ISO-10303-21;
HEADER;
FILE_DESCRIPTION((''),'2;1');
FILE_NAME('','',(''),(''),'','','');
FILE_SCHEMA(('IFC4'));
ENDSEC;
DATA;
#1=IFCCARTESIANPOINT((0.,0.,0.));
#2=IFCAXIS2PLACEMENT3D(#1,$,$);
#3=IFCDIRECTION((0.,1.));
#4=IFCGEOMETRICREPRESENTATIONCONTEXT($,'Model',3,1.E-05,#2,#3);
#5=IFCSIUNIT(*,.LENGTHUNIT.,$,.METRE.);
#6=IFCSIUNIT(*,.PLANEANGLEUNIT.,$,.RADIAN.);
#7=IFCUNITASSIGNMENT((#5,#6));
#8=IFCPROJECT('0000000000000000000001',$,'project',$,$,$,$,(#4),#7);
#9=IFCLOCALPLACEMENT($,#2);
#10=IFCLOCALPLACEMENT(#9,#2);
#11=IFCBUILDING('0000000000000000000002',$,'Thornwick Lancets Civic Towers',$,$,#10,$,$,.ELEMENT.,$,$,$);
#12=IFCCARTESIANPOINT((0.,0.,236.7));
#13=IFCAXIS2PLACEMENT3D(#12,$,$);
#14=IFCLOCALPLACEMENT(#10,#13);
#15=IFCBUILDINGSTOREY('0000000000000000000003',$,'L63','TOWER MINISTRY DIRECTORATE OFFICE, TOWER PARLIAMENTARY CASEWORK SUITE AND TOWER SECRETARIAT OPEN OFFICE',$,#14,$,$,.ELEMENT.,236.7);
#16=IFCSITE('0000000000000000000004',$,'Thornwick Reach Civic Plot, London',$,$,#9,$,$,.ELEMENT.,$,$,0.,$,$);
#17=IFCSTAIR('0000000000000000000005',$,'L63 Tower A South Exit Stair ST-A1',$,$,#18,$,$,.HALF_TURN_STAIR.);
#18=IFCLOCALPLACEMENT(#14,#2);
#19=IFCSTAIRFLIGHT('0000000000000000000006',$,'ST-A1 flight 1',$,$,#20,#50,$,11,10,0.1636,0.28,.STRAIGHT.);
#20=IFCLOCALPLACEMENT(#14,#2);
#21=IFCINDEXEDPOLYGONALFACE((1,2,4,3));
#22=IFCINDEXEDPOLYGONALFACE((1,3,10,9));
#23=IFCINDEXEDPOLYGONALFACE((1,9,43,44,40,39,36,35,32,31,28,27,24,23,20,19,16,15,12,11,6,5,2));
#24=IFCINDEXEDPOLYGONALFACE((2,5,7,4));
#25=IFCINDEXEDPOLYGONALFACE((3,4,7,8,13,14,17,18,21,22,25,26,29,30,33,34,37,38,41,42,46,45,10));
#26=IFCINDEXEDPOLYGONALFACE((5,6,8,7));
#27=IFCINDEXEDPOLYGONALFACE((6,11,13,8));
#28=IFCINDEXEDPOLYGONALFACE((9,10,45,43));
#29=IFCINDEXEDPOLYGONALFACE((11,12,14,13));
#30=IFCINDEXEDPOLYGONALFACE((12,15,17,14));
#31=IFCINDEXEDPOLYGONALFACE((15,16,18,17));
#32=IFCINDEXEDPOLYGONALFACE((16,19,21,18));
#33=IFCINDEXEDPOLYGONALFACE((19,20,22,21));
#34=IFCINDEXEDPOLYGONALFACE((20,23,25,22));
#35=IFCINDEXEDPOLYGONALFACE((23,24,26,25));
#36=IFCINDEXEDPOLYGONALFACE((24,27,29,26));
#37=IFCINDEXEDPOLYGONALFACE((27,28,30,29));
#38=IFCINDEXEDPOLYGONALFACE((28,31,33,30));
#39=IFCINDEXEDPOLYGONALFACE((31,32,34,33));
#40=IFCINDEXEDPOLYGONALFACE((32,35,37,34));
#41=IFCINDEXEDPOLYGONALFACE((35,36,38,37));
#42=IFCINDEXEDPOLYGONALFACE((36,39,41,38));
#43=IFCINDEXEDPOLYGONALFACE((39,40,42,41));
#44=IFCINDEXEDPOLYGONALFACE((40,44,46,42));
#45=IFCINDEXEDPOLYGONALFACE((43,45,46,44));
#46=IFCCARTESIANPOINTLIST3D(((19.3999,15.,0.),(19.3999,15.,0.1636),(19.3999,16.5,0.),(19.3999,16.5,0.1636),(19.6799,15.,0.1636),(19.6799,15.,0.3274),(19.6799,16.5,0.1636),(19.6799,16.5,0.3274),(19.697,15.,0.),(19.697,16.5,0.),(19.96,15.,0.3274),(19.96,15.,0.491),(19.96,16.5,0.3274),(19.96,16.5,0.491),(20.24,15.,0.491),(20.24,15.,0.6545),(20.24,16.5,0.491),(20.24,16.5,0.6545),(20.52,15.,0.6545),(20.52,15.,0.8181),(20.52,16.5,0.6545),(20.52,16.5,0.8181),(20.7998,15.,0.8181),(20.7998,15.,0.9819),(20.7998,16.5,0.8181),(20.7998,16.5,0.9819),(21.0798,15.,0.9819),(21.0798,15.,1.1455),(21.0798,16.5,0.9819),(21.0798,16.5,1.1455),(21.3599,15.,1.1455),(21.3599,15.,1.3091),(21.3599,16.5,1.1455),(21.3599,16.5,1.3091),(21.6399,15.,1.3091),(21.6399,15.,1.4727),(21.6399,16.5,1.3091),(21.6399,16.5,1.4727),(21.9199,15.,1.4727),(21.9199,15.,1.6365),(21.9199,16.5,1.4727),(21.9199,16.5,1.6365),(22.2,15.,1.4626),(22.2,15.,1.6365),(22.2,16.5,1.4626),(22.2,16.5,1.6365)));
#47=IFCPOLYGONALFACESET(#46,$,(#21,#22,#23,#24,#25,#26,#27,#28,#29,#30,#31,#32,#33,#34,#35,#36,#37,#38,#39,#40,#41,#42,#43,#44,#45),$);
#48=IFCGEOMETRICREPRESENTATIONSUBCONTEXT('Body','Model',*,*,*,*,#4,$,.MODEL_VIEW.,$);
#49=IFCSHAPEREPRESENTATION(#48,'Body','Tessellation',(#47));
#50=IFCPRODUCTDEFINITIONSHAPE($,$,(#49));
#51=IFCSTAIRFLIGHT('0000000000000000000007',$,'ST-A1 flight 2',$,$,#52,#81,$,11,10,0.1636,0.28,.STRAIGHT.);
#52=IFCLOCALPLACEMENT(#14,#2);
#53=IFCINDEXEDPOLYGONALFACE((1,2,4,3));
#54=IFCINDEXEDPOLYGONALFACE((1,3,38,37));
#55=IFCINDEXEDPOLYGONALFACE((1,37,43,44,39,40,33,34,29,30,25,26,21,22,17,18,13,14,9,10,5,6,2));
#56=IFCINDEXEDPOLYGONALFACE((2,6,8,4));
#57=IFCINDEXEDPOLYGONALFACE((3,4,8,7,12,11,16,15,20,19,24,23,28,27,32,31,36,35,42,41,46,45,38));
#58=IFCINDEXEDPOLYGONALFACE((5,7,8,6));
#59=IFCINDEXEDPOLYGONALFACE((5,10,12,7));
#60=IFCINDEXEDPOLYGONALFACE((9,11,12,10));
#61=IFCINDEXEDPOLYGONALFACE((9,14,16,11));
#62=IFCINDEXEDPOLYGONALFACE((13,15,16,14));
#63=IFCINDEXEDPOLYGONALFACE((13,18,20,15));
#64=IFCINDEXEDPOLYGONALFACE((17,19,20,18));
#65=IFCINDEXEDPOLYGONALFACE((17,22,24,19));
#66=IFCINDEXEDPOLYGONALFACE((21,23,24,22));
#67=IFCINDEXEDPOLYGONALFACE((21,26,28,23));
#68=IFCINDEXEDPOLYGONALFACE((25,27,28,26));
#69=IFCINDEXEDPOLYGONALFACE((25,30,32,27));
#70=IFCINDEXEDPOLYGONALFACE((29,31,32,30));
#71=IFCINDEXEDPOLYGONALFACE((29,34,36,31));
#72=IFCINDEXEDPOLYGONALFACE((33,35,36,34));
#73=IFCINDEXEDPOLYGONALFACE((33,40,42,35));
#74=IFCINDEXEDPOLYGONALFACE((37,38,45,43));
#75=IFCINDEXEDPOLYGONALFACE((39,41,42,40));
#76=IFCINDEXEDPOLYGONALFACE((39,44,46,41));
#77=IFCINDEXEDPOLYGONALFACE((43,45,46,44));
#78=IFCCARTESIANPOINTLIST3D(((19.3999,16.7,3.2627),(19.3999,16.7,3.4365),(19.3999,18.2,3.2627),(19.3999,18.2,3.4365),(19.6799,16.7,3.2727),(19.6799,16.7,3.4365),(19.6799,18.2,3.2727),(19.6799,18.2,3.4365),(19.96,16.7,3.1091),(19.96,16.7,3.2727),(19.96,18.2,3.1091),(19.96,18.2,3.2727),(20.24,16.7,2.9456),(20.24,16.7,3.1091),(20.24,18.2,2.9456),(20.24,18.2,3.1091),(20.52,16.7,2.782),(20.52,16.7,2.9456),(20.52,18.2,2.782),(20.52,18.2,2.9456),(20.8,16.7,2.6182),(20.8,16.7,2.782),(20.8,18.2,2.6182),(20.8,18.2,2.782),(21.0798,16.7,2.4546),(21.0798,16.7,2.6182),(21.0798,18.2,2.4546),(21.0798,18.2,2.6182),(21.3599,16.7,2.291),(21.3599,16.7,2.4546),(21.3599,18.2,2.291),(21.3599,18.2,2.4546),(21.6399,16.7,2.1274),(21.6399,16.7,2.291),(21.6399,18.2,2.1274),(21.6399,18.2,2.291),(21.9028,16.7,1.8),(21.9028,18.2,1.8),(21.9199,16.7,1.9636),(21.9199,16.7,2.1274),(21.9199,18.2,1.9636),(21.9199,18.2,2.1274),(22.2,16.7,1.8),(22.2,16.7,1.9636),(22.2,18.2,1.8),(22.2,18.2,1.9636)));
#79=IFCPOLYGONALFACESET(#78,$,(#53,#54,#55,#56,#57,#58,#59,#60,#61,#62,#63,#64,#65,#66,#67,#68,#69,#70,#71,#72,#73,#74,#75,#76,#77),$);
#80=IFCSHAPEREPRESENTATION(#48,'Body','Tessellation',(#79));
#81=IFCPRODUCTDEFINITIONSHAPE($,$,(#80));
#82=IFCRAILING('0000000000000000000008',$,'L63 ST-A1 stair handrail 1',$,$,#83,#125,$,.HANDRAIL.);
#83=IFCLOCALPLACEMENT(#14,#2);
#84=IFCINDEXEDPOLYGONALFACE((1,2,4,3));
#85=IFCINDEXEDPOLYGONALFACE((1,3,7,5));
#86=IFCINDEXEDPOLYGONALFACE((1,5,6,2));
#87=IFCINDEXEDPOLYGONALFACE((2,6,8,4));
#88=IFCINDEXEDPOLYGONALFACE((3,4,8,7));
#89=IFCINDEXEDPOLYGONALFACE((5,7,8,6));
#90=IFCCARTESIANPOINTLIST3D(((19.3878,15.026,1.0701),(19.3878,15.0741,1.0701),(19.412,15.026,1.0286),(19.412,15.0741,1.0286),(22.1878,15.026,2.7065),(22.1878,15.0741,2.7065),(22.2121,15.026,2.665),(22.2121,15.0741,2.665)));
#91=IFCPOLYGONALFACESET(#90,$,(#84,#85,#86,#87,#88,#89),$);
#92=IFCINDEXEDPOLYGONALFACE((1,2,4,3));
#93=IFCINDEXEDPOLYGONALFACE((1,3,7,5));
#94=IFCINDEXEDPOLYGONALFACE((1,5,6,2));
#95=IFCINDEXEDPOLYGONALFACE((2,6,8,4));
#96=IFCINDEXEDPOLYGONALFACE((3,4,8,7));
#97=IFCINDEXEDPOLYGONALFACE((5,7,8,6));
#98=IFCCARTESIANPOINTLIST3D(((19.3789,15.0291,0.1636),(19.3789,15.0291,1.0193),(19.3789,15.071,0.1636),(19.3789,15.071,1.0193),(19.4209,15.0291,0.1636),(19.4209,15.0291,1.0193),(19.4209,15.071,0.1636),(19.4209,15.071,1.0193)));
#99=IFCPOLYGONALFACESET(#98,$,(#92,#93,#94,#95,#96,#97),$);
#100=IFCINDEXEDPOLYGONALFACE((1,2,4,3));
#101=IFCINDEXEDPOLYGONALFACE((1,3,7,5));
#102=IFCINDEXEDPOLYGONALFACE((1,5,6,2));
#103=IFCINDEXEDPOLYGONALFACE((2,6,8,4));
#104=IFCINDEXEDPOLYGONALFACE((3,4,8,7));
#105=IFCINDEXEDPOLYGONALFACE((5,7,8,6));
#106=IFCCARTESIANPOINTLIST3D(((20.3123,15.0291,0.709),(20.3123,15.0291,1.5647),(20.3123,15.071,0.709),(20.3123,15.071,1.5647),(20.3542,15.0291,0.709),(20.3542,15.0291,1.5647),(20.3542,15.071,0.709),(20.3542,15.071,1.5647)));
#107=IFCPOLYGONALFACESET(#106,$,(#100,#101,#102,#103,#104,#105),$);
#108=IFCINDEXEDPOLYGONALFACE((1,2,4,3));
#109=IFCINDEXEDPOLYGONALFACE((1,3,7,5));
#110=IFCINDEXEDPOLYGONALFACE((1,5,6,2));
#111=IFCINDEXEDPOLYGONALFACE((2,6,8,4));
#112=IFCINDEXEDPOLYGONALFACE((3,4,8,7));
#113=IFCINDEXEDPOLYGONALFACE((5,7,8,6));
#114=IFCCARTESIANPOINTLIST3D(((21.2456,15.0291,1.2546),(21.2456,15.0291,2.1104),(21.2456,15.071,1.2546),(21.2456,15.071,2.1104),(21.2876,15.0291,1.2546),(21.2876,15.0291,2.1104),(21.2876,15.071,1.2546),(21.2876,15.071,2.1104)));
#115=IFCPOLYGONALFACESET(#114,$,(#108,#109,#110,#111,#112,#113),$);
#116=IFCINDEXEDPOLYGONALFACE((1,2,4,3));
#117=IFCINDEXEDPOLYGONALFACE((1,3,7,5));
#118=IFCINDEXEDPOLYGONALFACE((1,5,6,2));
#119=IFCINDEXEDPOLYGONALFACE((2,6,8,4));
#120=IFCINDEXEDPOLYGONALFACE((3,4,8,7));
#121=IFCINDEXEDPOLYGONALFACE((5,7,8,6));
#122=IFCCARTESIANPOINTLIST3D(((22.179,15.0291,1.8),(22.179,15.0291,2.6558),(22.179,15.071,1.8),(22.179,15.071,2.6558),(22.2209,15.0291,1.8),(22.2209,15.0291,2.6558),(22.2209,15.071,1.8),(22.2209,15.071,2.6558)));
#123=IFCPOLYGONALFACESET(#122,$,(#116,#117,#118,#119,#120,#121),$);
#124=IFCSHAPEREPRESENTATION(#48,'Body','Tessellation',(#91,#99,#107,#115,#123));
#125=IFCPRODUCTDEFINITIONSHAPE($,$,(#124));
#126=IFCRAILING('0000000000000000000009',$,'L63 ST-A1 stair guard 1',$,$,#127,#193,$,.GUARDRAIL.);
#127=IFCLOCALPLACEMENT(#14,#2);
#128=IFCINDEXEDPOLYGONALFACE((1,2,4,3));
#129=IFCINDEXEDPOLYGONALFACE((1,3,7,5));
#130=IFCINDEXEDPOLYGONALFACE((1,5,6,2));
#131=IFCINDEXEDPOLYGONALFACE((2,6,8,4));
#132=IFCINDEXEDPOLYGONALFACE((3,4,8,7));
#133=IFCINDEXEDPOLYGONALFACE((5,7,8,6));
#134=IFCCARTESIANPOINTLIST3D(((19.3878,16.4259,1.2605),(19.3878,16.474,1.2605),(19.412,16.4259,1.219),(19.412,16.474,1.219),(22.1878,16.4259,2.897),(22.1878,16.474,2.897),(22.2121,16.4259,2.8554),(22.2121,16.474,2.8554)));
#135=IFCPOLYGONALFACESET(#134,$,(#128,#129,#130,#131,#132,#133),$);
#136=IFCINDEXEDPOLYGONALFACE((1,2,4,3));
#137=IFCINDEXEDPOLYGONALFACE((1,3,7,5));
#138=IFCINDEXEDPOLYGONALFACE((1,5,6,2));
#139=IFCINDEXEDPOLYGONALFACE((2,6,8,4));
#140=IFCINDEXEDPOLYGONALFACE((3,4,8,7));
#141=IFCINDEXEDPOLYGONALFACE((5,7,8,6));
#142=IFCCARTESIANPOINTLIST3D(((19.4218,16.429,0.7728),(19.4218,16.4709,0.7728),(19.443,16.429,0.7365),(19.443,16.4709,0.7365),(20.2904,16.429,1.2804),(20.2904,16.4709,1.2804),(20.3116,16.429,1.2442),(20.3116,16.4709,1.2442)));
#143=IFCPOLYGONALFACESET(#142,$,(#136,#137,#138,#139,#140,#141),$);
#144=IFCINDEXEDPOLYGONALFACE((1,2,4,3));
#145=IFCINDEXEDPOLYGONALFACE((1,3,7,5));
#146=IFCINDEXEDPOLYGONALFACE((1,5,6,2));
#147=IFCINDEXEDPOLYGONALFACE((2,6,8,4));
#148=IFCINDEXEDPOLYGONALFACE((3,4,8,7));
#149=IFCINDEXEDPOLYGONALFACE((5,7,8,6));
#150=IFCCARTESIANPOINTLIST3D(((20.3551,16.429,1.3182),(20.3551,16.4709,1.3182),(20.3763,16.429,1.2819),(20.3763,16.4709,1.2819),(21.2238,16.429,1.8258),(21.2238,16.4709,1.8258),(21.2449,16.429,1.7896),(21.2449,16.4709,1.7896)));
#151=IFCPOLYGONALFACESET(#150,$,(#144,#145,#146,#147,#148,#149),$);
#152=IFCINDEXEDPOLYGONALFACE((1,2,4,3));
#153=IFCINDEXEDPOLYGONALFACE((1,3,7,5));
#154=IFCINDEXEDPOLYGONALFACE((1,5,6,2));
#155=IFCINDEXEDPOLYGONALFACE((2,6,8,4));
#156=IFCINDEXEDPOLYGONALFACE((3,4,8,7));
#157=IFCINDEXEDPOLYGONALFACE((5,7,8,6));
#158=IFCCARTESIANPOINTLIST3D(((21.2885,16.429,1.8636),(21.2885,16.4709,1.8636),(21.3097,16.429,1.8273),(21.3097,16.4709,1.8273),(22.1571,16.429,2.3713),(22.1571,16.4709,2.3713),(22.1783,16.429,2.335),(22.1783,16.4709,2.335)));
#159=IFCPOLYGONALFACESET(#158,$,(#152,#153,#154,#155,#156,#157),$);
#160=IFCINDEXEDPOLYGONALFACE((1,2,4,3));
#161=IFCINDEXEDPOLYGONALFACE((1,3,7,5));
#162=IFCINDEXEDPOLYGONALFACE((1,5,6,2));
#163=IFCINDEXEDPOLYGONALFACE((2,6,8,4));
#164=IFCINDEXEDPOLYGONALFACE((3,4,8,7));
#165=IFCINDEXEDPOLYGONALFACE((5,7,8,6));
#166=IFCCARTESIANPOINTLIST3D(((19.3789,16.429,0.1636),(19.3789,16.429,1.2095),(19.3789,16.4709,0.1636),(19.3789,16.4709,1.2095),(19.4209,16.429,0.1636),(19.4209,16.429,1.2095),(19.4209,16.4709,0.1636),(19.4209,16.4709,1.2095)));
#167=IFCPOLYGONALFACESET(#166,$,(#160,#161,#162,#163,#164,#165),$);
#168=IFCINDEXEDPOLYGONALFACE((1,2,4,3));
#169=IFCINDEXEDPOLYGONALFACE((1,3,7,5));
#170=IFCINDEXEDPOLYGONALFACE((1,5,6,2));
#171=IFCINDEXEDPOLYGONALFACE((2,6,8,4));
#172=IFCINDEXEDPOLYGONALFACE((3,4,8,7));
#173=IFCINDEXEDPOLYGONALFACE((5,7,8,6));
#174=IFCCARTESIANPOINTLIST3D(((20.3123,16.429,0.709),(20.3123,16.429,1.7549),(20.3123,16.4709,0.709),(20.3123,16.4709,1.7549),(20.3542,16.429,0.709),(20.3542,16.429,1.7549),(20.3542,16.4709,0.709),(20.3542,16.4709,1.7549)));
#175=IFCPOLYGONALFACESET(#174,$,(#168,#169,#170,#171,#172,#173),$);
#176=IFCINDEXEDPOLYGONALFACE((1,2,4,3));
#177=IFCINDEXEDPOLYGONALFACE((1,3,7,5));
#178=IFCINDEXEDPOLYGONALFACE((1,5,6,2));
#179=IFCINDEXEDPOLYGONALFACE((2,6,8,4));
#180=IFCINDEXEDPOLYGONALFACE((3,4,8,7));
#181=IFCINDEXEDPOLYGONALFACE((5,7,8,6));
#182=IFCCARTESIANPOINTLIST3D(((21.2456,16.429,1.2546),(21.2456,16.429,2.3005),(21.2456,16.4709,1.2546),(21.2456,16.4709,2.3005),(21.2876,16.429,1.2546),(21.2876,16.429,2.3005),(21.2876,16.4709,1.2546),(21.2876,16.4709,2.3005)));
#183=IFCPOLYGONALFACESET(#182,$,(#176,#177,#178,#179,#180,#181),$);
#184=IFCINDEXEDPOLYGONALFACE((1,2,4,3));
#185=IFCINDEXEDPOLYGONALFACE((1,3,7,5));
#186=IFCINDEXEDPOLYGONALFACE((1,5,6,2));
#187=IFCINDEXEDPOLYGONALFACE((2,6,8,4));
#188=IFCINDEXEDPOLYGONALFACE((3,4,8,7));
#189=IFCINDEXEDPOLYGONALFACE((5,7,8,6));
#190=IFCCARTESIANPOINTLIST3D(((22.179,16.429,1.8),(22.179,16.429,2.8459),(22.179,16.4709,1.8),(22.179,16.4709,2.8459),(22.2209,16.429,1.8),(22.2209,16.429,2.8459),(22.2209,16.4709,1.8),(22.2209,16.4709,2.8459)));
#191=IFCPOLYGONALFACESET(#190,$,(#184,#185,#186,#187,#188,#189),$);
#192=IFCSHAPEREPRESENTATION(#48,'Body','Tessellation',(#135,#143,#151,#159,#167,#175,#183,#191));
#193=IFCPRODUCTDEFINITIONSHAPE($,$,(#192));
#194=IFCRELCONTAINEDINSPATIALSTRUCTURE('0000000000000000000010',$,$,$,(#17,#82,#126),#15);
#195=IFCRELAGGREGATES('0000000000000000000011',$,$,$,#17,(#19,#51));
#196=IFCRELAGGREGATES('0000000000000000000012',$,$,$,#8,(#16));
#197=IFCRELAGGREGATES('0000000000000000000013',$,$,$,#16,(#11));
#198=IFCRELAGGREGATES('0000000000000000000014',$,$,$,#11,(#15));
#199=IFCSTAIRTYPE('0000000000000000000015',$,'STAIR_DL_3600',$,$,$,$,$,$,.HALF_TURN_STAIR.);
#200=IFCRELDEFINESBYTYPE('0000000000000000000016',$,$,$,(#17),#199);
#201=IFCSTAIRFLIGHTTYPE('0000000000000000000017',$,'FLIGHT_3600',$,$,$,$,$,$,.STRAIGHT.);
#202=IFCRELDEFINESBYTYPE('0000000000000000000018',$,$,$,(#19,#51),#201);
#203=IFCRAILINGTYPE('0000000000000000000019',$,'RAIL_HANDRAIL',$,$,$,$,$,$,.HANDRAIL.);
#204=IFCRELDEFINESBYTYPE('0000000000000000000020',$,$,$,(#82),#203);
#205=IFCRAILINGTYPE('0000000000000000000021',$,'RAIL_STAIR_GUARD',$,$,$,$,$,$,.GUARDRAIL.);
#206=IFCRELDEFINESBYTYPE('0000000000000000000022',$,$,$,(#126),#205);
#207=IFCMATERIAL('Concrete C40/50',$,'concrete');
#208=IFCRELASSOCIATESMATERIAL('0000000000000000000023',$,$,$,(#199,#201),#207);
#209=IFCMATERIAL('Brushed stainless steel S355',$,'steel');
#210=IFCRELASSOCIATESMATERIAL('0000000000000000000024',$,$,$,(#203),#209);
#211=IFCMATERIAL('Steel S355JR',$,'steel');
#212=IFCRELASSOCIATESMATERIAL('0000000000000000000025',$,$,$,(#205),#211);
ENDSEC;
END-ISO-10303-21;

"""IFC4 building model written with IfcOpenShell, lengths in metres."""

from ifc_helpers import new_model, si_unit, direction, frame, origin, origin_2d, place, context, subcontext, project, spatial, polyline, rectangle, outline, extrude, material, type_object, element, aggregate, save


model = new_model("IFC4")

# Units and contexts
model_context = context("Model", 3, precision=1e-05, world=origin(), true_north=direction((0.0, 1.0)))
body_context = subcontext(model_context, "Body", "Model", "MODEL_VIEW")
ifc_project = project(units=[si_unit("LENGTHUNIT", "METRE"), si_unit("PLANEANGLEUNIT", "RADIAN")], contexts=[model_context])

# Site, building, storey
site_placement = place(None, origin())
site = spatial("IfcSite", under=ifc_project, at=site_placement, Name="Thornwick Reach Civic Plot, London", CompositionType="ELEMENT", RefElevation=0.0)
building_placement = place(site_placement, origin())
building = spatial("IfcBuilding", under=site, at=building_placement, Name="Thornwick Lancets Civic Towers", CompositionType="ELEMENT")
storey_placement = place(building_placement, frame((0.0, 0.0, 236.7)))
storey = spatial("IfcBuildingStorey", under=building, at=storey_placement, Name="L63", Description="TOWER MINISTRY DIRECTORATE OFFICE, TOWER PARLIAMENTARY CASEWORK SUITE AND TOWER SECRETARIAT OPEN OFFICE", CompositionType="ELEMENT", Elevation=236.7)

# Shared definitions
ifc_material_1 = material(Name="Concrete C40/50", Category="concrete")

# Stair, stair flights
stair_type = type_object("IfcStairType", Name="STAIR_DL_3600", PredefinedType="HALF_TURN_STAIR", material=ifc_material_1)
stair_placement = place(storey_placement, origin())
stair = element("IfcStair", 1, at=stair_placement, inside=storey, type_object=stair_type, Name="L63 Tower A South Exit Stair ST-A1", PredefinedType="HALF_TURN_STAIR")
stair_flight_type = type_object("IfcStairFlightType", Name="FLIGHT_3600", PredefinedType="STRAIGHT", material=ifc_material_1)
stair_flight_1_placement = place(storey_placement, frame((19.3999, 15.75, 0.0), z_axis=(0.0, 0.0, 1.0), x_axis=(1.0, 0.0, 0.0)))
stair_flight_1 = element("IfcStairFlight", 2, at=stair_flight_1_placement, type_object=stair_flight_type, Name="ST-A1 flight 1", NumberOfRisers=11, NumberOfTreads=10, PredefinedType="STRAIGHT", RiserHeight=0.1636, TreadLength=0.28, context=body_context, shape_type="SweptSolid", body=[
    extrude(outline(polyline([(0.0, 0.0), (0.0, 0.1636), (0.28, 0.1636), (0.28, 0.3274), (0.5601, 0.3274), (0.5601, 0.491), (0.8401, 0.491), (0.8401, 0.6545), (1.1201, 0.6545), (1.1201, 0.8181), (1.3999, 0.8181), (1.3999, 0.9819), (1.6799, 0.9819), (1.6799, 1.1455), (1.96, 1.1455), (1.96, 1.3091), (2.24, 1.3091), (2.24, 1.4727), (2.52, 1.4727), (2.52, 1.6365), (2.8, 1.6365), (2.8, 1.8), (2.8, 1.4626), (0.2971, 0.0), (0.0, 0.0)])), frame((0.0, 0.75, 0.0), z_axis=(0.0, -1.0, 0.0), x_axis=(1.0, 0.0, 0.0)), (0.0, 0.0, 1.0), 1.5),
])
stair_flight_2_placement = place(storey_placement, frame((22.2, 17.45, 1.8), z_axis=(0.0, 0.0, 1.0), x_axis=(-1.0, 0.0, 0.0)))
stair_flight_2 = element("IfcStairFlight", 3, at=stair_flight_2_placement, type_object=stair_flight_type, Name="ST-A1 flight 2", NumberOfRisers=11, NumberOfTreads=10, PredefinedType="STRAIGHT", RiserHeight=0.1636, TreadLength=0.28, context=body_context, shape_type="SweptSolid", body=[
    extrude(outline(polyline([(0.0, 0.0), (0.0, 0.1636), (0.28, 0.1636), (0.28, 0.3274), (0.5601, 0.3274), (0.5601, 0.491), (0.8401, 0.491), (0.8401, 0.6545), (1.1201, 0.6545), (1.1201, 0.8181), (1.3999, 0.8181), (1.3999, 0.9819), (1.6799, 0.9819), (1.6799, 1.1455), (1.96, 1.1455), (1.96, 1.3091), (2.24, 1.3091), (2.24, 1.4727), (2.52, 1.4727), (2.52, 1.6365), (2.8, 1.6365), (2.8, 1.8), (2.8, 1.4626), (0.2971, 0.0), (0.0, 0.0)])), frame((0.0, 0.75, 0.0), z_axis=(0.0, -1.0, 0.0), x_axis=(1.0, 0.0, 0.0)), (0.0, 0.0, 1.0), 1.5),
])
aggregate(stair, [stair_flight_1, stair_flight_2])

# Railings
ifc_material_2 = material(Name="Brushed stainless steel S355", Category="steel")
railing_type_1 = type_object("IfcRailingType", Name="RAIL_HANDRAIL", PredefinedType="HANDRAIL", material=ifc_material_2)
railing_1_placement = place(storey_placement, frame((19.3999, 15.05, 0.1636)))
element("IfcRailing", 4, at=railing_1_placement, inside=storey, type_object=railing_type_1, Name="L63 ST-A1 stair handrail 1", PredefinedType="HANDRAIL", context=body_context, shape_type="SweptSolid", body=[
    extrude(rectangle(XDim=0.0481, YDim=0.0481, at=origin_2d()), frame((0.0, 0.0, 0.8857), z_axis=(0.863361, 0.0, 0.504587), x_axis=(0.0, 1.0, 0.0)), (0.0, 0.0, 1.0), 3.2432),
    extrude(rectangle(XDim=0.042, YDim=0.042, at=origin_2d()), origin(), (0.0, 0.0, 1.0), 0.8557),
    extrude(rectangle(XDim=0.042, YDim=0.042, at=origin_2d()), frame((0.9333, 0.0, 0.5454)), (0.0, 0.0, 1.0), 0.8557),
    extrude(rectangle(XDim=0.042, YDim=0.042, at=origin_2d()), frame((1.8667, 0.0, 1.0911)), (0.0, 0.0, 1.0), 0.8557),
    extrude(rectangle(XDim=0.042, YDim=0.042, at=origin_2d()), frame((2.8, 0.0, 1.6365)), (0.0, 0.0, 1.0), 0.8557),
])
ifc_material_3 = material(Name="Steel S355JR", Category="steel")
railing_type_2 = type_object("IfcRailingType", Name="RAIL_STAIR_GUARD", PredefinedType="GUARDRAIL", material=ifc_material_3)
railing_2_placement = place(storey_placement, frame((19.3999, 16.45, 0.1636)))
element("IfcRailing", 5, at=railing_2_placement, inside=storey, type_object=railing_type_2, Name="L63 ST-A1 stair guard 1", PredefinedType="GUARDRAIL", context=body_context, shape_type="SweptSolid", body=[
    extrude(rectangle(XDim=0.0481, YDim=0.0481, at=origin_2d()), frame((0.0, 0.0, 1.0762), z_axis=(0.863361, 0.0, 0.504587), x_axis=(0.0, 1.0, 0.0)), (0.0, 0.0, 1.0), 3.2432),
    extrude(rectangle(XDim=0.042, YDim=0.042, at=origin_2d()), frame((0.0325, 0.0, 0.5911), z_axis=(0.863361, 0.0, 0.504587), x_axis=(0.0, 1.0, 0.0)), (0.0, 0.0, 1.0), 1.0061),
    extrude(rectangle(XDim=0.042, YDim=0.042, at=origin_2d()), frame((0.9658, 0.0, 1.1365), z_axis=(0.863361, 0.0, 0.504587), x_axis=(0.0, 1.0, 0.0)), (0.0, 0.0, 1.0), 1.0061),
    extrude(rectangle(XDim=0.042, YDim=0.042, at=origin_2d()), frame((1.8992, 0.0, 1.6819), z_axis=(0.863361, 0.0, 0.504587), x_axis=(0.0, 1.0, 0.0)), (0.0, 0.0, 1.0), 1.0061),
    extrude(rectangle(XDim=0.042, YDim=0.042, at=origin_2d()), origin(), (0.0, 0.0, 1.0), 1.0459),
    extrude(rectangle(XDim=0.042, YDim=0.042, at=origin_2d()), frame((0.9333, 0.0, 0.5454)), (0.0, 0.0, 1.0), 1.0459),
    extrude(rectangle(XDim=0.042, YDim=0.042, at=origin_2d()), frame((1.8667, 0.0, 1.0911)), (0.0, 0.0, 1.0), 1.0459),
    extrude(rectangle(XDim=0.042, YDim=0.042, at=origin_2d()), frame((2.8, 0.0, 1.6365)), (0.0, 0.0, 1.0), 1.0459),
])

save(model, "model.ifc")
